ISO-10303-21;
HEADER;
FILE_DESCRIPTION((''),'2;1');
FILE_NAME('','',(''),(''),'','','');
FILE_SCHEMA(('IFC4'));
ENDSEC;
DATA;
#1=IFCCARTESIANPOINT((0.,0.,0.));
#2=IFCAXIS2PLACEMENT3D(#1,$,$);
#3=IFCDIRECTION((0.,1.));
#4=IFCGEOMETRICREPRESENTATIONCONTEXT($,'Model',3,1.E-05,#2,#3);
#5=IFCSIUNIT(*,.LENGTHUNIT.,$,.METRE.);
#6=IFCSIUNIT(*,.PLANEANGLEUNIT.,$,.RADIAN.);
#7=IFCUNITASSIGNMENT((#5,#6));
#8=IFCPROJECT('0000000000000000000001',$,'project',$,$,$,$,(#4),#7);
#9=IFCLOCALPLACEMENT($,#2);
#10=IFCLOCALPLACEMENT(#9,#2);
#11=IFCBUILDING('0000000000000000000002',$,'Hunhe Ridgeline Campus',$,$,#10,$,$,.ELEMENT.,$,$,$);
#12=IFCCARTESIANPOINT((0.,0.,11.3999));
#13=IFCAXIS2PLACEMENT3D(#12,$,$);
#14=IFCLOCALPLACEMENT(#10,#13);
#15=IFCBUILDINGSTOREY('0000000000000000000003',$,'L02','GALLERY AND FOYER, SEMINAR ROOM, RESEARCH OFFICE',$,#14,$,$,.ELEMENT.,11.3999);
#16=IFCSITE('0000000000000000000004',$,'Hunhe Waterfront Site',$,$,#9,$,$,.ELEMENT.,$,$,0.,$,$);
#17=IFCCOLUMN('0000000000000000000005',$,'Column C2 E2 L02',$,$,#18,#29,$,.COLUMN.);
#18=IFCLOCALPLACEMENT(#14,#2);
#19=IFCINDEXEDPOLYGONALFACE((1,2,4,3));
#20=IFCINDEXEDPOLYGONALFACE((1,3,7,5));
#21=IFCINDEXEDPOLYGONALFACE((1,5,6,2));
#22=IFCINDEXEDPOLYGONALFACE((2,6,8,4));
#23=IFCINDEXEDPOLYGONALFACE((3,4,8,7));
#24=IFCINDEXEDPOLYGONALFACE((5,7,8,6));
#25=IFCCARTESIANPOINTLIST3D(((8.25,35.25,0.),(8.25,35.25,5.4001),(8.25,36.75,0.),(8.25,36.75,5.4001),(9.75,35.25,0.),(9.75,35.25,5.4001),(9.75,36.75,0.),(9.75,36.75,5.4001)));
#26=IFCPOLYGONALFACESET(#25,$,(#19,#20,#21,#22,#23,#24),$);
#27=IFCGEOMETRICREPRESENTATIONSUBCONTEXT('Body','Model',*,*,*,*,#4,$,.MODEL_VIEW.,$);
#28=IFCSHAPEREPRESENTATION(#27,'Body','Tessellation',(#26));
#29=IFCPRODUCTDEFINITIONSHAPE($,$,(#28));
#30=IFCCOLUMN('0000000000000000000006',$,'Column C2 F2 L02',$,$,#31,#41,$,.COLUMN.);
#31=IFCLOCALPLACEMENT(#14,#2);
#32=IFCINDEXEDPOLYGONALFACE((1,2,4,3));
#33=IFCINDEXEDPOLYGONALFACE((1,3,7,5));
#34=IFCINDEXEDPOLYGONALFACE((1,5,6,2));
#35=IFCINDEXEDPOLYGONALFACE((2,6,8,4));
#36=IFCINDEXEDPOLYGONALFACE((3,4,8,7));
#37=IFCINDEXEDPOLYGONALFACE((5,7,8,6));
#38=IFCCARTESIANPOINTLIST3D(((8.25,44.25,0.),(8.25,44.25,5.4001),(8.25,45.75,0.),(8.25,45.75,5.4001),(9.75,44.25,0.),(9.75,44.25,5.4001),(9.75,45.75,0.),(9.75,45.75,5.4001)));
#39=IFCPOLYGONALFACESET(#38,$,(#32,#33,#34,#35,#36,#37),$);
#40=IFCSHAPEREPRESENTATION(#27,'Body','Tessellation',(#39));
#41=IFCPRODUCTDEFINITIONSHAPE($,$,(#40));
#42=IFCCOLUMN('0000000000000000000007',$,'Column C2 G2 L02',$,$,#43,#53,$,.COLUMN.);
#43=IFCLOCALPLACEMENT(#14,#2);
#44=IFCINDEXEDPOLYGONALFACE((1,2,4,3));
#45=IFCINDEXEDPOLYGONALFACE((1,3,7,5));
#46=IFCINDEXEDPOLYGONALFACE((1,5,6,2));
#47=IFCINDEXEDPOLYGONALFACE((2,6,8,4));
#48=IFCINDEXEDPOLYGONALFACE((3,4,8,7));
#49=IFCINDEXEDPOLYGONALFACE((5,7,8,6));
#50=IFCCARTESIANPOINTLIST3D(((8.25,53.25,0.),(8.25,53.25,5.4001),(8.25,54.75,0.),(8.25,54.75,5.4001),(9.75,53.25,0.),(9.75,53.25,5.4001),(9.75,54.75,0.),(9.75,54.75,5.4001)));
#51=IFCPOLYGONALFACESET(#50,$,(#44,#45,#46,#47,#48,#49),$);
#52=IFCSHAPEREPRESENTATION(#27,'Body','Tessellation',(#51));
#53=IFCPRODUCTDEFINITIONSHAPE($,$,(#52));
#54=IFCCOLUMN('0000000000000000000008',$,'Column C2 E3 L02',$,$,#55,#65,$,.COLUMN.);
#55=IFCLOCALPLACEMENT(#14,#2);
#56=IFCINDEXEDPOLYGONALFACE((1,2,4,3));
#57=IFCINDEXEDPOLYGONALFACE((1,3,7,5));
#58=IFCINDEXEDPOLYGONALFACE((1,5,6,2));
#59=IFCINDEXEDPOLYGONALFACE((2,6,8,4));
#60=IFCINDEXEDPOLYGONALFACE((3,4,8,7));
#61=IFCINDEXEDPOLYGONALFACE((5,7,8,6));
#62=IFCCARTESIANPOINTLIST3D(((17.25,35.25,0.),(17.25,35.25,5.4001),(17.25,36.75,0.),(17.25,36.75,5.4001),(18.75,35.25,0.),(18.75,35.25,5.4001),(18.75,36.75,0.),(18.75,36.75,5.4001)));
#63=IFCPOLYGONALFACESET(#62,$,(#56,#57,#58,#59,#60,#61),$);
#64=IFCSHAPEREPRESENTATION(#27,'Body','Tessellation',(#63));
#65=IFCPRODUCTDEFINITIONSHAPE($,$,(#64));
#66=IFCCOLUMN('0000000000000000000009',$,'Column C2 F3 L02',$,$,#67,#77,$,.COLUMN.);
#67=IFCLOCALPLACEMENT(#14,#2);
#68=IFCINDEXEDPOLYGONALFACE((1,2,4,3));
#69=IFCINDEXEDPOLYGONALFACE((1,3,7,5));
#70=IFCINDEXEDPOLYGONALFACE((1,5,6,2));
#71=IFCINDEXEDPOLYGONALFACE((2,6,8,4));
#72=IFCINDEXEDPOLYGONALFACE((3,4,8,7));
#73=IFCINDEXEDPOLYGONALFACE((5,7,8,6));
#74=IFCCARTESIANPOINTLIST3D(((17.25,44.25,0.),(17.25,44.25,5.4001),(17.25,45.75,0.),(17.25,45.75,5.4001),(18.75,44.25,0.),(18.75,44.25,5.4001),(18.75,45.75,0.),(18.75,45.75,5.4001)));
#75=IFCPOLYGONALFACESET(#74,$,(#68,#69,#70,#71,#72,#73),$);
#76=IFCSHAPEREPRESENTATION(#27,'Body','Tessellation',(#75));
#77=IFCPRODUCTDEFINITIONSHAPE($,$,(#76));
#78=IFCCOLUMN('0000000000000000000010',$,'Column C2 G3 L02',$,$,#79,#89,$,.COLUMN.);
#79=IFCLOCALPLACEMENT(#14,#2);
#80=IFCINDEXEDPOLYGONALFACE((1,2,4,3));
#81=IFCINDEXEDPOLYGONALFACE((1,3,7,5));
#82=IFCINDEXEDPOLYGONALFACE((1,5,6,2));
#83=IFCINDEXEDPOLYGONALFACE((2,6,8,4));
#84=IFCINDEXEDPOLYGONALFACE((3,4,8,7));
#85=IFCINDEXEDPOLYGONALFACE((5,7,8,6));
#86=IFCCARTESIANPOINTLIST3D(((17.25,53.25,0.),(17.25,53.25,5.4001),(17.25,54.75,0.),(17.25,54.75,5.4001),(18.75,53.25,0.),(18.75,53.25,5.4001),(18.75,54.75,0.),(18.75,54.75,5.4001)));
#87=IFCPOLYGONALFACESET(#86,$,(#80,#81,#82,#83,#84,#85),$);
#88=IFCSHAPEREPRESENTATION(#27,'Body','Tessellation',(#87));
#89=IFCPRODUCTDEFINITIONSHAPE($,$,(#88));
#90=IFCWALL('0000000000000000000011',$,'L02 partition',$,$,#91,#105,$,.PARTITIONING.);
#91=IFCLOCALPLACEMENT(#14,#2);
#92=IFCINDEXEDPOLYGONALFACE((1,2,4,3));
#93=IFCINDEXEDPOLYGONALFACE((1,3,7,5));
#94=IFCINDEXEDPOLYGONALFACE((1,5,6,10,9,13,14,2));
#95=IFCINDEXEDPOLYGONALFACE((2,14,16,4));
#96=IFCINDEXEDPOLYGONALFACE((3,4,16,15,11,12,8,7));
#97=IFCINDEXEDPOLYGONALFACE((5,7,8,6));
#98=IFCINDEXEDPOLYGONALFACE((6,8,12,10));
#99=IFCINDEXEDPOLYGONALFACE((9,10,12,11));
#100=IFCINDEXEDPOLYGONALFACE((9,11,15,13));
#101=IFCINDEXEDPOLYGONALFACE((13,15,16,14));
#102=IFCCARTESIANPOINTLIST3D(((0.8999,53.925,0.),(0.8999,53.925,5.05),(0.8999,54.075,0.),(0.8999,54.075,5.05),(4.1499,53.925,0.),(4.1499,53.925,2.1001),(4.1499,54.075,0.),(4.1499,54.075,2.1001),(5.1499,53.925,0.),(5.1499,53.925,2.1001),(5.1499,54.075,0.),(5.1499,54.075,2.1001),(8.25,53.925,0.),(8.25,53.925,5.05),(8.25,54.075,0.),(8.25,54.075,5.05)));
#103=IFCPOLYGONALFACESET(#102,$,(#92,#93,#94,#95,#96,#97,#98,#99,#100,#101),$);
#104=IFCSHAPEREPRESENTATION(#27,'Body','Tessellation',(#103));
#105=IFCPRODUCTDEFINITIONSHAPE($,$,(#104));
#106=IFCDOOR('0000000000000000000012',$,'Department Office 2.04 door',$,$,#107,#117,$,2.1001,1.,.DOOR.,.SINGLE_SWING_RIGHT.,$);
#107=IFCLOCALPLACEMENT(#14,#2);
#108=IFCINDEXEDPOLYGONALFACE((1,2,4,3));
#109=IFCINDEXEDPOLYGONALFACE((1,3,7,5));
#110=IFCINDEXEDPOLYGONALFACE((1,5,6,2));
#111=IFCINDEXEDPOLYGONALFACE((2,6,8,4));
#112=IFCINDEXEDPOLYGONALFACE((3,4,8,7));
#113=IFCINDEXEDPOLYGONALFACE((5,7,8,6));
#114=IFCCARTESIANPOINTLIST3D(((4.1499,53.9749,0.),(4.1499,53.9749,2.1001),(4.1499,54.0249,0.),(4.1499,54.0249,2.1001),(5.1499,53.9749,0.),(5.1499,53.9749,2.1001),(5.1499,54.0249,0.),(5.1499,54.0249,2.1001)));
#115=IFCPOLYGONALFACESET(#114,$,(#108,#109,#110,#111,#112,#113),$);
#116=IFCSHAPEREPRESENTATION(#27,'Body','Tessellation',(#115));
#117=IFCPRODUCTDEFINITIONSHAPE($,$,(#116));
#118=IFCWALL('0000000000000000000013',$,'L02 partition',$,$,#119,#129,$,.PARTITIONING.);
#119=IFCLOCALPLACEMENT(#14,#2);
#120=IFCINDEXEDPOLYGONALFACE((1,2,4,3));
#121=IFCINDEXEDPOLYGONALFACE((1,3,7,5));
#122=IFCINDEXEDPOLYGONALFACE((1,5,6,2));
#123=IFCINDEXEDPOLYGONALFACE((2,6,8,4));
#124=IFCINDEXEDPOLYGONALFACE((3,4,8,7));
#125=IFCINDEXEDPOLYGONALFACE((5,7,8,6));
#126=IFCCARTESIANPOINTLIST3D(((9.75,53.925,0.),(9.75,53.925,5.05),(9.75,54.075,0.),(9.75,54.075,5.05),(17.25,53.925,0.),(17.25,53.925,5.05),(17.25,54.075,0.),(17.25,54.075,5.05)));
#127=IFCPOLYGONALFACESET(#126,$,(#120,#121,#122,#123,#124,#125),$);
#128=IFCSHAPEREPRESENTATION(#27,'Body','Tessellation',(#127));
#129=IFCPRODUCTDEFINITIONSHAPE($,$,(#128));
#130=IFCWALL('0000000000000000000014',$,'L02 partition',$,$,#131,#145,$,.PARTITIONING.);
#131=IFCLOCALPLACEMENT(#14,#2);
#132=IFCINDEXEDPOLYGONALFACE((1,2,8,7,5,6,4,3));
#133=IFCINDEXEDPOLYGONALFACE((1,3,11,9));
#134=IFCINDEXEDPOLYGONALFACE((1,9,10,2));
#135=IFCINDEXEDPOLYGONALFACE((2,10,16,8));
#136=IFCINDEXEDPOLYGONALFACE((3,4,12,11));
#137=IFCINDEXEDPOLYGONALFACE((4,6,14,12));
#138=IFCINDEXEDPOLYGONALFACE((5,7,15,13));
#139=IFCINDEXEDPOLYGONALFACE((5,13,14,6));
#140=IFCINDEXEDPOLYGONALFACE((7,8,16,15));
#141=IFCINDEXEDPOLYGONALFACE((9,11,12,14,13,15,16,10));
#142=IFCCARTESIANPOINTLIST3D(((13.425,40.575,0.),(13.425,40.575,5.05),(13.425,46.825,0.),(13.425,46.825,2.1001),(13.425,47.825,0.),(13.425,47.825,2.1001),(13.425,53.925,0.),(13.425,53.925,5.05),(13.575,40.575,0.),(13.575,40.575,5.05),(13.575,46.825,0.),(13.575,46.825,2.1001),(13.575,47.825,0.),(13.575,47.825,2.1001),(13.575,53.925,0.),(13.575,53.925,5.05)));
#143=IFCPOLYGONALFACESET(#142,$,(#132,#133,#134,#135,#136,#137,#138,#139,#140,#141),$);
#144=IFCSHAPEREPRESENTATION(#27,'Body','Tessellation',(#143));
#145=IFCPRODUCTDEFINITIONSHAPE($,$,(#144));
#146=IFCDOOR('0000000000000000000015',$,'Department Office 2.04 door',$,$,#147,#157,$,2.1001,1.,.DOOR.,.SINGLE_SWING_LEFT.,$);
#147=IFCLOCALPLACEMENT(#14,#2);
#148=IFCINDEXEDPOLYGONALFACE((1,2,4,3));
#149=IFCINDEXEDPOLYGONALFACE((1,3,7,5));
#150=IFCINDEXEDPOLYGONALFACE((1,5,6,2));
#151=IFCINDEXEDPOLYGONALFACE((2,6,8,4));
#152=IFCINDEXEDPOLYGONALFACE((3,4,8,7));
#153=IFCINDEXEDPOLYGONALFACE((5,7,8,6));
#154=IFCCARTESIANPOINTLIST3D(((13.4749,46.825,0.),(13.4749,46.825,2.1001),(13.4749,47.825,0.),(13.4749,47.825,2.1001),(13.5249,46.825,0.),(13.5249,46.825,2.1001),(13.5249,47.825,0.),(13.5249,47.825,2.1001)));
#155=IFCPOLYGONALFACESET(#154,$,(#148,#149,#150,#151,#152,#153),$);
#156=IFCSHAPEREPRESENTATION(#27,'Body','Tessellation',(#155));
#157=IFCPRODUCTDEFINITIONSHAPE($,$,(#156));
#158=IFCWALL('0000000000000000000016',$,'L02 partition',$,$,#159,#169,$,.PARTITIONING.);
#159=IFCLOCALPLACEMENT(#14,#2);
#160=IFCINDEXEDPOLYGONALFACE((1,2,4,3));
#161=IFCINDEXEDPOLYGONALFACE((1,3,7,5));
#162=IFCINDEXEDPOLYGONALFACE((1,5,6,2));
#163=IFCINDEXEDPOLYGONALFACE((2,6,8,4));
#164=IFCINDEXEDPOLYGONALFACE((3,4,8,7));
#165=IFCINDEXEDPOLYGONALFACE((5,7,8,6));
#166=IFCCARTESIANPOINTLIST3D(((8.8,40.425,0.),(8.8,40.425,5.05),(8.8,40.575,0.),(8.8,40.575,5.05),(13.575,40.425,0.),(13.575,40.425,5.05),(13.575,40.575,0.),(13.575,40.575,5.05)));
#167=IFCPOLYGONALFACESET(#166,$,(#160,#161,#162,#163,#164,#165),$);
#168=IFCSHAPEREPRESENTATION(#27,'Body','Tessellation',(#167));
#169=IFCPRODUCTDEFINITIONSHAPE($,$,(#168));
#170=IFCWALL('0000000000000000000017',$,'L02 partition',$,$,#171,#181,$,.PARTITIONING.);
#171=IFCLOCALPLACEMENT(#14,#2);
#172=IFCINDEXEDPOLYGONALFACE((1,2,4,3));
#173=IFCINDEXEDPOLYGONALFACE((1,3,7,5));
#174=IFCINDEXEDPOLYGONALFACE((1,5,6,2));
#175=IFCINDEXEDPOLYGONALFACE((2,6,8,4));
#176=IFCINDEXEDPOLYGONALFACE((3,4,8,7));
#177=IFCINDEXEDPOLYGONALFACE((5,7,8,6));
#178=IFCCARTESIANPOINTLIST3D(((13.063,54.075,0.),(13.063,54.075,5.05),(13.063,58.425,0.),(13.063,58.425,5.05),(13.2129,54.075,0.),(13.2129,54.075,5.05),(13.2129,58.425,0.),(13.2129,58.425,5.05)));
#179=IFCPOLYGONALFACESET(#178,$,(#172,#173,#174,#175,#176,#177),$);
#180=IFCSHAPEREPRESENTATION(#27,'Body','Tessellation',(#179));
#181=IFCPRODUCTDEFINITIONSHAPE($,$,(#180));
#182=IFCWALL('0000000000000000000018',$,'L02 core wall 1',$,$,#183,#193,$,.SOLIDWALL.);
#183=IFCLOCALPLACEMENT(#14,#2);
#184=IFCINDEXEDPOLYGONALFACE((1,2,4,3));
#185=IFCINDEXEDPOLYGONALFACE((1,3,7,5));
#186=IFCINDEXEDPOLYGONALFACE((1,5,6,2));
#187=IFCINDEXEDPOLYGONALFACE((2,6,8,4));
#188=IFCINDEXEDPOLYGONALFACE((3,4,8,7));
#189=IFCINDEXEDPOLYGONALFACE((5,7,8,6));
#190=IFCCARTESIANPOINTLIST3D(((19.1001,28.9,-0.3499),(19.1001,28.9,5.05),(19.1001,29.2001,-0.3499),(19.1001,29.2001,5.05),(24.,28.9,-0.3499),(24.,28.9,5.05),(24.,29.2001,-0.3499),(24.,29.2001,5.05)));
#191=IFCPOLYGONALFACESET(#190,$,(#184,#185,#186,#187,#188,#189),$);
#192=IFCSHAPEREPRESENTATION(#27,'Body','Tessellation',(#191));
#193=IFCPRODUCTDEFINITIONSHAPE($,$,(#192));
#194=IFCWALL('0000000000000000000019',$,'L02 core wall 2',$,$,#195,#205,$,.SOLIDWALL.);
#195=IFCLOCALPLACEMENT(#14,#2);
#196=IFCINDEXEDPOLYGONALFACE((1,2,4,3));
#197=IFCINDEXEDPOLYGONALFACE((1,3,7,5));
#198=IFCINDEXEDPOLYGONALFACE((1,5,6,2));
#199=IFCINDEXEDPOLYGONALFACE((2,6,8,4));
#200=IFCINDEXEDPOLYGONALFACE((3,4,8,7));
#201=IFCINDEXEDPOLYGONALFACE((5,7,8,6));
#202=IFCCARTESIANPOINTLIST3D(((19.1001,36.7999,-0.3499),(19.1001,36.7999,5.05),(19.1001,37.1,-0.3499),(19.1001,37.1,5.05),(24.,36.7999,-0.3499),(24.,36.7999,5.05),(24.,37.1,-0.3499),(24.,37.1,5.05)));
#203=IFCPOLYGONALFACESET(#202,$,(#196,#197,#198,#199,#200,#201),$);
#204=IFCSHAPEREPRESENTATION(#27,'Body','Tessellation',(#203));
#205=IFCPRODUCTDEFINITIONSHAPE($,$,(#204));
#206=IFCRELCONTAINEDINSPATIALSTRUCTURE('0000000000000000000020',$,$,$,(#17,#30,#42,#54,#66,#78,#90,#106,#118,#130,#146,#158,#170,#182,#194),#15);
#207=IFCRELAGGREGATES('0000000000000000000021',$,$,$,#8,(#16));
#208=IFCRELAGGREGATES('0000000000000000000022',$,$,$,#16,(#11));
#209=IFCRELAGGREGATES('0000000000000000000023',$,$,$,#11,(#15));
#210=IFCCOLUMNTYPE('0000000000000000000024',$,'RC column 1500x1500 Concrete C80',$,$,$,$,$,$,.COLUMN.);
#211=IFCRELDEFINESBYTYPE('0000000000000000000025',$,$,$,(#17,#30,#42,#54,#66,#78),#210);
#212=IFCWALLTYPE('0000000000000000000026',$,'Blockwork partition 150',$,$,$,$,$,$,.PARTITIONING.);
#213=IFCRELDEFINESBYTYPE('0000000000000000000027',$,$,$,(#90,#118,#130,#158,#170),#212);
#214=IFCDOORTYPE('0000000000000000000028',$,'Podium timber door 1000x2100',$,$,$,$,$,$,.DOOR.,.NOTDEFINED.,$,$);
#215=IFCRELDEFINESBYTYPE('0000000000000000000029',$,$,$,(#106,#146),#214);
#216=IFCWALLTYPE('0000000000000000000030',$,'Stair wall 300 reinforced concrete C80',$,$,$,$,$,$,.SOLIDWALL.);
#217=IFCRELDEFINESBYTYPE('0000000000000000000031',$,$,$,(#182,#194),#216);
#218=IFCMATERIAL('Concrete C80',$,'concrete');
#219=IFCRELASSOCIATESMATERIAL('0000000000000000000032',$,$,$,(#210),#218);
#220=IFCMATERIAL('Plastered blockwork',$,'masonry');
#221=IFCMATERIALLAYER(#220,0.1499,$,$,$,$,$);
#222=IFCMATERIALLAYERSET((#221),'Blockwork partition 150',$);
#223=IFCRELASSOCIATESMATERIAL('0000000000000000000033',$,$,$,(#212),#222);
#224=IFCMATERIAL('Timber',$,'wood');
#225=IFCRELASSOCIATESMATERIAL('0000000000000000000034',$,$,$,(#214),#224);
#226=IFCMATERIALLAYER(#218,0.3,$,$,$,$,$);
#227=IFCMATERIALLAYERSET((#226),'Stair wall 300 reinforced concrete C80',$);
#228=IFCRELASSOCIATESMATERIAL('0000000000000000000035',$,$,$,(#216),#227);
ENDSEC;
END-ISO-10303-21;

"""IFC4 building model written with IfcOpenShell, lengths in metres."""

from ifc_helpers import new_model, si_unit, direction, frame, frame_2d, origin, origin_2d, place, context, subcontext, project, spatial, rectangle, extrude, material, layer, layer_set, material_profile, profile_set, type_object, element, fill, save


model = new_model("IFC4")

# Units and contexts
model_context = context("Model", 3, precision=1e-05, world=origin(), true_north=direction((0.0, 1.0)))
body_context = subcontext(model_context, "Body", "Model", "MODEL_VIEW")
ifc_project = project(units=[si_unit("LENGTHUNIT", "METRE"), si_unit("PLANEANGLEUNIT", "RADIAN")], contexts=[model_context])

# Site, building, storey
site_placement = place(None, origin())
site = spatial("IfcSite", under=ifc_project, at=site_placement, Name="Hunhe Waterfront Site", CompositionType="ELEMENT", RefElevation=0.0)
building_placement = place(site_placement, origin())
building = spatial("IfcBuilding", under=site, at=building_placement, Name="Hunhe Ridgeline Campus", CompositionType="ELEMENT")
storey_placement = place(building_placement, frame((0.0, 0.0, 11.3999)))
storey = spatial("IfcBuildingStorey", under=building, at=storey_placement, Name="L02", Description="GALLERY AND FOYER, SEMINAR ROOM, RESEARCH OFFICE", CompositionType="ELEMENT", Elevation=11.3999)

# Columns
ifc_material_1 = material(Name="Concrete C80", Category="concrete")
ifc_material_profile = material_profile(ifc_material_1, rectangle(XDim=1.5, YDim=1.5, at=origin_2d()))
ifc_profile_set = profile_set([ifc_material_profile], Name="Concrete C80")
column_type = type_object("IfcColumnType", Name="RC column 1500x1500 Concrete C80", PredefinedType="COLUMN", material=ifc_profile_set)
for number, where, z_axis, x_axis, name in (
    (1, (9.0, 36.0, 0.0), (0.0, 0.0, 1.0), (1.0, 0.0, 0.0), "Column C2 E2 L02"),
    (2, (9.0, 45.0, 0.0), (0.0, 0.0, 1.0), (1.0, 0.0, 0.0), "Column C2 F2 L02"),
    (3, (9.0, 54.0, 0.0), (0.0, 0.0, 1.0), (1.0, 0.0, 0.0), "Column C2 G2 L02"),
    (4, (18.0, 36.0, 0.0), (0.0, 0.0, 1.0), (1.0, 0.0, 0.0), "Column C2 E3 L02"),
    (5, (18.0, 45.0, 0.0), (0.0, 0.0, 1.0), (1.0, 0.0, 0.0), "Column C2 F3 L02"),
    (6, (18.0, 54.0, 0.0), (0.0, 0.0, 1.0), (1.0, 0.0, 0.0), "Column C2 G3 L02"),
):
    element("IfcColumn", number, at=place(storey_placement, frame(where, z_axis=z_axis, x_axis=x_axis)), inside=storey, type_object=column_type, Name=name, PredefinedType="COLUMN", context=body_context, shape_type="SweptSolid", body=[
        extrude(rectangle(XDim=1.5, YDim=1.5, at=origin_2d()), origin(), (0.0, 0.0, 1.0), 5.4001),
    ])

# Wall, opening, door
ifc_material_2 = material(Name="Plastered blockwork", Category="masonry")
ifc_layer_1 = layer(ifc_material_2, 0.1499)
ifc_layer_set_1 = layer_set([ifc_layer_1], Name="Blockwork partition 150")
wall_type_1 = type_object("IfcWallType", Name="Blockwork partition 150", PredefinedType="PARTITIONING", material=ifc_layer_set_1)
wall_1_placement = place(storey_placement, frame((0.8999, 54.0, 0.0), z_axis=(0.0, 0.0, 1.0), x_axis=(1.0, 0.0, 0.0)))
wall_1 = element("IfcWall", 7, at=wall_1_placement, inside=storey, type_object=wall_type_1, Name="L02 partition", PredefinedType="PARTITIONING", context=body_context, shape_type="SweptSolid", body=[
    extrude(rectangle(XDim=7.3501, YDim=0.1499, at=frame_2d((3.675, 0.0))), origin(), (0.0, 0.0, 1.0), 5.05),
])
opening_1_placement = place(wall_1_placement, frame((3.25, 0.0, 0.0)))
opening_1 = element("IfcOpeningElement", 8, at=opening_1_placement, cuts=wall_1, PredefinedType="OPENING", context=body_context, shape_type="SweptSolid", body=[
    extrude(rectangle(XDim=1.0, YDim=2.1001, at=frame_2d((0.5, 1.05))), frame((0.0, 0.075, 0.0), z_axis=(0.0, -1.0, 0.0), x_axis=(1.0, 0.0, 0.0)), (0.0, 0.0, 1.0), 0.1499),
])
ifc_material_3 = material(Name="Timber", Category="wood")
door_type_1 = type_object("IfcDoorType", Name="Podium timber door 1000x2100", OperationType="NOTDEFINED", PredefinedType="DOOR", material=ifc_material_3)
door_1_placement = place(opening_1_placement, origin())
door_1 = element("IfcDoor", 9, at=door_1_placement, inside=storey, type_object=door_type_1, Name="Department Office 2.04 door", OperationType="SINGLE_SWING_RIGHT", OverallHeight=2.1001, OverallWidth=1.0, PredefinedType="DOOR", context=body_context, shape_type="SweptSolid", body=[
    extrude(rectangle(XDim=1.0, YDim=2.1001, at=frame_2d((0.5, 1.05))), frame((0.0, 0.0249, 0.0), z_axis=(0.0, -1.0, 0.0), x_axis=(1.0, 0.0, 0.0)), (0.0, 0.0, 1.0), 0.05),
])
fill(opening_1, door_1)

# Wall
wall_2_placement = place(storey_placement, frame((9.75, 54.0, 0.0), z_axis=(0.0, 0.0, 1.0), x_axis=(1.0, 0.0, 0.0)))
element("IfcWall", 10, at=wall_2_placement, inside=storey, type_object=wall_type_1, Name="L02 partition", PredefinedType="PARTITIONING", context=body_context, shape_type="SweptSolid", body=[
    extrude(rectangle(XDim=7.5, YDim=0.1499, at=frame_2d((3.75, 0.0))), origin(), (0.0, 0.0, 1.0), 5.05),
])

# Wall, opening, door
wall_3_placement = place(storey_placement, frame((13.5, 53.925, 0.0), z_axis=(0.0, 0.0, 1.0), x_axis=(0.0, -1.0, 0.0)))
wall_3 = element("IfcWall", 11, at=wall_3_placement, inside=storey, type_object=wall_type_1, Name="L02 partition", PredefinedType="PARTITIONING", context=body_context, shape_type="SweptSolid", body=[
    extrude(rectangle(XDim=13.3501, YDim=0.1499, at=frame_2d((6.675, 0.0))), origin(), (0.0, 0.0, 1.0), 5.05),
])
opening_2_placement = place(wall_3_placement, frame((6.1001, 0.0, 0.0)))
opening_2 = element("IfcOpeningElement", 12, at=opening_2_placement, cuts=wall_3, PredefinedType="OPENING", context=body_context, shape_type="SweptSolid", body=[
    extrude(rectangle(XDim=1.0, YDim=2.1001, at=frame_2d((0.5, 1.05))), frame((0.0, 0.075, 0.0), z_axis=(0.0, -1.0, 0.0), x_axis=(1.0, 0.0, 0.0)), (0.0, 0.0, 1.0), 0.1499),
])
door_2_placement = place(opening_2_placement, origin())
door_2 = element("IfcDoor", 13, at=door_2_placement, inside=storey, type_object=door_type_1, Name="Department Office 2.04 door", OperationType="SINGLE_SWING_LEFT", OverallHeight=2.1001, OverallWidth=1.0, PredefinedType="DOOR", context=body_context, shape_type="SweptSolid", body=[
    extrude(rectangle(XDim=1.0, YDim=2.1001, at=frame_2d((0.5, 1.05))), frame((0.0, 0.0249, 0.0), z_axis=(0.0, -1.0, 0.0), x_axis=(1.0, 0.0, 0.0)), (0.0, 0.0, 1.0), 0.05),
])
fill(opening_2, door_2)

# Walls
wall_4_placement = place(storey_placement, frame((13.575, 40.5, 0.0), z_axis=(0.0, 0.0, 1.0), x_axis=(-1.0, 0.0, 0.0)))
element("IfcWall", 14, at=wall_4_placement, inside=storey, type_object=wall_type_1, Name="L02 partition", PredefinedType="PARTITIONING", context=body_context, shape_type="SweptSolid", body=[
    extrude(rectangle(XDim=4.7749, YDim=0.1499, at=frame_2d((2.3875, 0.0))), origin(), (0.0, 0.0, 1.0), 5.05),
])
wall_5_placement = place(storey_placement, frame((13.1379, 54.075, 0.0), z_axis=(0.0, 0.0, 1.0), x_axis=(0.0, 1.0, 0.0)))
element("IfcWall", 15, at=wall_5_placement, inside=storey, type_object=wall_type_1, Name="L02 partition", PredefinedType="PARTITIONING", context=body_context, shape_type="SweptSolid", body=[
    extrude(rectangle(XDim=4.3501, YDim=0.1499, at=frame_2d((2.175, 0.0))), origin(), (0.0, 0.0, 1.0), 5.05),
])
ifc_layer_2 = layer(ifc_material_1, 0.3)
ifc_layer_set_2 = layer_set([ifc_layer_2], Name="Stair wall 300 reinforced concrete C80")
wall_type_2 = type_object("IfcWallType", Name="Stair wall 300 reinforced concrete C80", PredefinedType="SOLIDWALL", material=ifc_layer_set_2)
for number, where, z_axis, x_axis, name in (
    (16, (19.1001, 29.05, -0.3499), (0.0, 0.0, 1.0), (1.0, 0.0, 0.0), "L02 core wall 1"),
    (17, (19.1001, 36.95, -0.3499), (0.0, 0.0, 1.0), (1.0, 0.0, 0.0), "L02 core wall 2"),
):
    element("IfcWall", number, at=place(storey_placement, frame(where, z_axis=z_axis, x_axis=x_axis)), inside=storey, type_object=wall_type_2, Name=name, PredefinedType="SOLIDWALL", context=body_context, shape_type="SweptSolid", body=[
        extrude(rectangle(XDim=4.8999, YDim=0.3, at=frame_2d((2.45, 0.0))), origin(), (0.0, 0.0, 1.0), 5.3999),
    ])

save(model, "model.ifc")
